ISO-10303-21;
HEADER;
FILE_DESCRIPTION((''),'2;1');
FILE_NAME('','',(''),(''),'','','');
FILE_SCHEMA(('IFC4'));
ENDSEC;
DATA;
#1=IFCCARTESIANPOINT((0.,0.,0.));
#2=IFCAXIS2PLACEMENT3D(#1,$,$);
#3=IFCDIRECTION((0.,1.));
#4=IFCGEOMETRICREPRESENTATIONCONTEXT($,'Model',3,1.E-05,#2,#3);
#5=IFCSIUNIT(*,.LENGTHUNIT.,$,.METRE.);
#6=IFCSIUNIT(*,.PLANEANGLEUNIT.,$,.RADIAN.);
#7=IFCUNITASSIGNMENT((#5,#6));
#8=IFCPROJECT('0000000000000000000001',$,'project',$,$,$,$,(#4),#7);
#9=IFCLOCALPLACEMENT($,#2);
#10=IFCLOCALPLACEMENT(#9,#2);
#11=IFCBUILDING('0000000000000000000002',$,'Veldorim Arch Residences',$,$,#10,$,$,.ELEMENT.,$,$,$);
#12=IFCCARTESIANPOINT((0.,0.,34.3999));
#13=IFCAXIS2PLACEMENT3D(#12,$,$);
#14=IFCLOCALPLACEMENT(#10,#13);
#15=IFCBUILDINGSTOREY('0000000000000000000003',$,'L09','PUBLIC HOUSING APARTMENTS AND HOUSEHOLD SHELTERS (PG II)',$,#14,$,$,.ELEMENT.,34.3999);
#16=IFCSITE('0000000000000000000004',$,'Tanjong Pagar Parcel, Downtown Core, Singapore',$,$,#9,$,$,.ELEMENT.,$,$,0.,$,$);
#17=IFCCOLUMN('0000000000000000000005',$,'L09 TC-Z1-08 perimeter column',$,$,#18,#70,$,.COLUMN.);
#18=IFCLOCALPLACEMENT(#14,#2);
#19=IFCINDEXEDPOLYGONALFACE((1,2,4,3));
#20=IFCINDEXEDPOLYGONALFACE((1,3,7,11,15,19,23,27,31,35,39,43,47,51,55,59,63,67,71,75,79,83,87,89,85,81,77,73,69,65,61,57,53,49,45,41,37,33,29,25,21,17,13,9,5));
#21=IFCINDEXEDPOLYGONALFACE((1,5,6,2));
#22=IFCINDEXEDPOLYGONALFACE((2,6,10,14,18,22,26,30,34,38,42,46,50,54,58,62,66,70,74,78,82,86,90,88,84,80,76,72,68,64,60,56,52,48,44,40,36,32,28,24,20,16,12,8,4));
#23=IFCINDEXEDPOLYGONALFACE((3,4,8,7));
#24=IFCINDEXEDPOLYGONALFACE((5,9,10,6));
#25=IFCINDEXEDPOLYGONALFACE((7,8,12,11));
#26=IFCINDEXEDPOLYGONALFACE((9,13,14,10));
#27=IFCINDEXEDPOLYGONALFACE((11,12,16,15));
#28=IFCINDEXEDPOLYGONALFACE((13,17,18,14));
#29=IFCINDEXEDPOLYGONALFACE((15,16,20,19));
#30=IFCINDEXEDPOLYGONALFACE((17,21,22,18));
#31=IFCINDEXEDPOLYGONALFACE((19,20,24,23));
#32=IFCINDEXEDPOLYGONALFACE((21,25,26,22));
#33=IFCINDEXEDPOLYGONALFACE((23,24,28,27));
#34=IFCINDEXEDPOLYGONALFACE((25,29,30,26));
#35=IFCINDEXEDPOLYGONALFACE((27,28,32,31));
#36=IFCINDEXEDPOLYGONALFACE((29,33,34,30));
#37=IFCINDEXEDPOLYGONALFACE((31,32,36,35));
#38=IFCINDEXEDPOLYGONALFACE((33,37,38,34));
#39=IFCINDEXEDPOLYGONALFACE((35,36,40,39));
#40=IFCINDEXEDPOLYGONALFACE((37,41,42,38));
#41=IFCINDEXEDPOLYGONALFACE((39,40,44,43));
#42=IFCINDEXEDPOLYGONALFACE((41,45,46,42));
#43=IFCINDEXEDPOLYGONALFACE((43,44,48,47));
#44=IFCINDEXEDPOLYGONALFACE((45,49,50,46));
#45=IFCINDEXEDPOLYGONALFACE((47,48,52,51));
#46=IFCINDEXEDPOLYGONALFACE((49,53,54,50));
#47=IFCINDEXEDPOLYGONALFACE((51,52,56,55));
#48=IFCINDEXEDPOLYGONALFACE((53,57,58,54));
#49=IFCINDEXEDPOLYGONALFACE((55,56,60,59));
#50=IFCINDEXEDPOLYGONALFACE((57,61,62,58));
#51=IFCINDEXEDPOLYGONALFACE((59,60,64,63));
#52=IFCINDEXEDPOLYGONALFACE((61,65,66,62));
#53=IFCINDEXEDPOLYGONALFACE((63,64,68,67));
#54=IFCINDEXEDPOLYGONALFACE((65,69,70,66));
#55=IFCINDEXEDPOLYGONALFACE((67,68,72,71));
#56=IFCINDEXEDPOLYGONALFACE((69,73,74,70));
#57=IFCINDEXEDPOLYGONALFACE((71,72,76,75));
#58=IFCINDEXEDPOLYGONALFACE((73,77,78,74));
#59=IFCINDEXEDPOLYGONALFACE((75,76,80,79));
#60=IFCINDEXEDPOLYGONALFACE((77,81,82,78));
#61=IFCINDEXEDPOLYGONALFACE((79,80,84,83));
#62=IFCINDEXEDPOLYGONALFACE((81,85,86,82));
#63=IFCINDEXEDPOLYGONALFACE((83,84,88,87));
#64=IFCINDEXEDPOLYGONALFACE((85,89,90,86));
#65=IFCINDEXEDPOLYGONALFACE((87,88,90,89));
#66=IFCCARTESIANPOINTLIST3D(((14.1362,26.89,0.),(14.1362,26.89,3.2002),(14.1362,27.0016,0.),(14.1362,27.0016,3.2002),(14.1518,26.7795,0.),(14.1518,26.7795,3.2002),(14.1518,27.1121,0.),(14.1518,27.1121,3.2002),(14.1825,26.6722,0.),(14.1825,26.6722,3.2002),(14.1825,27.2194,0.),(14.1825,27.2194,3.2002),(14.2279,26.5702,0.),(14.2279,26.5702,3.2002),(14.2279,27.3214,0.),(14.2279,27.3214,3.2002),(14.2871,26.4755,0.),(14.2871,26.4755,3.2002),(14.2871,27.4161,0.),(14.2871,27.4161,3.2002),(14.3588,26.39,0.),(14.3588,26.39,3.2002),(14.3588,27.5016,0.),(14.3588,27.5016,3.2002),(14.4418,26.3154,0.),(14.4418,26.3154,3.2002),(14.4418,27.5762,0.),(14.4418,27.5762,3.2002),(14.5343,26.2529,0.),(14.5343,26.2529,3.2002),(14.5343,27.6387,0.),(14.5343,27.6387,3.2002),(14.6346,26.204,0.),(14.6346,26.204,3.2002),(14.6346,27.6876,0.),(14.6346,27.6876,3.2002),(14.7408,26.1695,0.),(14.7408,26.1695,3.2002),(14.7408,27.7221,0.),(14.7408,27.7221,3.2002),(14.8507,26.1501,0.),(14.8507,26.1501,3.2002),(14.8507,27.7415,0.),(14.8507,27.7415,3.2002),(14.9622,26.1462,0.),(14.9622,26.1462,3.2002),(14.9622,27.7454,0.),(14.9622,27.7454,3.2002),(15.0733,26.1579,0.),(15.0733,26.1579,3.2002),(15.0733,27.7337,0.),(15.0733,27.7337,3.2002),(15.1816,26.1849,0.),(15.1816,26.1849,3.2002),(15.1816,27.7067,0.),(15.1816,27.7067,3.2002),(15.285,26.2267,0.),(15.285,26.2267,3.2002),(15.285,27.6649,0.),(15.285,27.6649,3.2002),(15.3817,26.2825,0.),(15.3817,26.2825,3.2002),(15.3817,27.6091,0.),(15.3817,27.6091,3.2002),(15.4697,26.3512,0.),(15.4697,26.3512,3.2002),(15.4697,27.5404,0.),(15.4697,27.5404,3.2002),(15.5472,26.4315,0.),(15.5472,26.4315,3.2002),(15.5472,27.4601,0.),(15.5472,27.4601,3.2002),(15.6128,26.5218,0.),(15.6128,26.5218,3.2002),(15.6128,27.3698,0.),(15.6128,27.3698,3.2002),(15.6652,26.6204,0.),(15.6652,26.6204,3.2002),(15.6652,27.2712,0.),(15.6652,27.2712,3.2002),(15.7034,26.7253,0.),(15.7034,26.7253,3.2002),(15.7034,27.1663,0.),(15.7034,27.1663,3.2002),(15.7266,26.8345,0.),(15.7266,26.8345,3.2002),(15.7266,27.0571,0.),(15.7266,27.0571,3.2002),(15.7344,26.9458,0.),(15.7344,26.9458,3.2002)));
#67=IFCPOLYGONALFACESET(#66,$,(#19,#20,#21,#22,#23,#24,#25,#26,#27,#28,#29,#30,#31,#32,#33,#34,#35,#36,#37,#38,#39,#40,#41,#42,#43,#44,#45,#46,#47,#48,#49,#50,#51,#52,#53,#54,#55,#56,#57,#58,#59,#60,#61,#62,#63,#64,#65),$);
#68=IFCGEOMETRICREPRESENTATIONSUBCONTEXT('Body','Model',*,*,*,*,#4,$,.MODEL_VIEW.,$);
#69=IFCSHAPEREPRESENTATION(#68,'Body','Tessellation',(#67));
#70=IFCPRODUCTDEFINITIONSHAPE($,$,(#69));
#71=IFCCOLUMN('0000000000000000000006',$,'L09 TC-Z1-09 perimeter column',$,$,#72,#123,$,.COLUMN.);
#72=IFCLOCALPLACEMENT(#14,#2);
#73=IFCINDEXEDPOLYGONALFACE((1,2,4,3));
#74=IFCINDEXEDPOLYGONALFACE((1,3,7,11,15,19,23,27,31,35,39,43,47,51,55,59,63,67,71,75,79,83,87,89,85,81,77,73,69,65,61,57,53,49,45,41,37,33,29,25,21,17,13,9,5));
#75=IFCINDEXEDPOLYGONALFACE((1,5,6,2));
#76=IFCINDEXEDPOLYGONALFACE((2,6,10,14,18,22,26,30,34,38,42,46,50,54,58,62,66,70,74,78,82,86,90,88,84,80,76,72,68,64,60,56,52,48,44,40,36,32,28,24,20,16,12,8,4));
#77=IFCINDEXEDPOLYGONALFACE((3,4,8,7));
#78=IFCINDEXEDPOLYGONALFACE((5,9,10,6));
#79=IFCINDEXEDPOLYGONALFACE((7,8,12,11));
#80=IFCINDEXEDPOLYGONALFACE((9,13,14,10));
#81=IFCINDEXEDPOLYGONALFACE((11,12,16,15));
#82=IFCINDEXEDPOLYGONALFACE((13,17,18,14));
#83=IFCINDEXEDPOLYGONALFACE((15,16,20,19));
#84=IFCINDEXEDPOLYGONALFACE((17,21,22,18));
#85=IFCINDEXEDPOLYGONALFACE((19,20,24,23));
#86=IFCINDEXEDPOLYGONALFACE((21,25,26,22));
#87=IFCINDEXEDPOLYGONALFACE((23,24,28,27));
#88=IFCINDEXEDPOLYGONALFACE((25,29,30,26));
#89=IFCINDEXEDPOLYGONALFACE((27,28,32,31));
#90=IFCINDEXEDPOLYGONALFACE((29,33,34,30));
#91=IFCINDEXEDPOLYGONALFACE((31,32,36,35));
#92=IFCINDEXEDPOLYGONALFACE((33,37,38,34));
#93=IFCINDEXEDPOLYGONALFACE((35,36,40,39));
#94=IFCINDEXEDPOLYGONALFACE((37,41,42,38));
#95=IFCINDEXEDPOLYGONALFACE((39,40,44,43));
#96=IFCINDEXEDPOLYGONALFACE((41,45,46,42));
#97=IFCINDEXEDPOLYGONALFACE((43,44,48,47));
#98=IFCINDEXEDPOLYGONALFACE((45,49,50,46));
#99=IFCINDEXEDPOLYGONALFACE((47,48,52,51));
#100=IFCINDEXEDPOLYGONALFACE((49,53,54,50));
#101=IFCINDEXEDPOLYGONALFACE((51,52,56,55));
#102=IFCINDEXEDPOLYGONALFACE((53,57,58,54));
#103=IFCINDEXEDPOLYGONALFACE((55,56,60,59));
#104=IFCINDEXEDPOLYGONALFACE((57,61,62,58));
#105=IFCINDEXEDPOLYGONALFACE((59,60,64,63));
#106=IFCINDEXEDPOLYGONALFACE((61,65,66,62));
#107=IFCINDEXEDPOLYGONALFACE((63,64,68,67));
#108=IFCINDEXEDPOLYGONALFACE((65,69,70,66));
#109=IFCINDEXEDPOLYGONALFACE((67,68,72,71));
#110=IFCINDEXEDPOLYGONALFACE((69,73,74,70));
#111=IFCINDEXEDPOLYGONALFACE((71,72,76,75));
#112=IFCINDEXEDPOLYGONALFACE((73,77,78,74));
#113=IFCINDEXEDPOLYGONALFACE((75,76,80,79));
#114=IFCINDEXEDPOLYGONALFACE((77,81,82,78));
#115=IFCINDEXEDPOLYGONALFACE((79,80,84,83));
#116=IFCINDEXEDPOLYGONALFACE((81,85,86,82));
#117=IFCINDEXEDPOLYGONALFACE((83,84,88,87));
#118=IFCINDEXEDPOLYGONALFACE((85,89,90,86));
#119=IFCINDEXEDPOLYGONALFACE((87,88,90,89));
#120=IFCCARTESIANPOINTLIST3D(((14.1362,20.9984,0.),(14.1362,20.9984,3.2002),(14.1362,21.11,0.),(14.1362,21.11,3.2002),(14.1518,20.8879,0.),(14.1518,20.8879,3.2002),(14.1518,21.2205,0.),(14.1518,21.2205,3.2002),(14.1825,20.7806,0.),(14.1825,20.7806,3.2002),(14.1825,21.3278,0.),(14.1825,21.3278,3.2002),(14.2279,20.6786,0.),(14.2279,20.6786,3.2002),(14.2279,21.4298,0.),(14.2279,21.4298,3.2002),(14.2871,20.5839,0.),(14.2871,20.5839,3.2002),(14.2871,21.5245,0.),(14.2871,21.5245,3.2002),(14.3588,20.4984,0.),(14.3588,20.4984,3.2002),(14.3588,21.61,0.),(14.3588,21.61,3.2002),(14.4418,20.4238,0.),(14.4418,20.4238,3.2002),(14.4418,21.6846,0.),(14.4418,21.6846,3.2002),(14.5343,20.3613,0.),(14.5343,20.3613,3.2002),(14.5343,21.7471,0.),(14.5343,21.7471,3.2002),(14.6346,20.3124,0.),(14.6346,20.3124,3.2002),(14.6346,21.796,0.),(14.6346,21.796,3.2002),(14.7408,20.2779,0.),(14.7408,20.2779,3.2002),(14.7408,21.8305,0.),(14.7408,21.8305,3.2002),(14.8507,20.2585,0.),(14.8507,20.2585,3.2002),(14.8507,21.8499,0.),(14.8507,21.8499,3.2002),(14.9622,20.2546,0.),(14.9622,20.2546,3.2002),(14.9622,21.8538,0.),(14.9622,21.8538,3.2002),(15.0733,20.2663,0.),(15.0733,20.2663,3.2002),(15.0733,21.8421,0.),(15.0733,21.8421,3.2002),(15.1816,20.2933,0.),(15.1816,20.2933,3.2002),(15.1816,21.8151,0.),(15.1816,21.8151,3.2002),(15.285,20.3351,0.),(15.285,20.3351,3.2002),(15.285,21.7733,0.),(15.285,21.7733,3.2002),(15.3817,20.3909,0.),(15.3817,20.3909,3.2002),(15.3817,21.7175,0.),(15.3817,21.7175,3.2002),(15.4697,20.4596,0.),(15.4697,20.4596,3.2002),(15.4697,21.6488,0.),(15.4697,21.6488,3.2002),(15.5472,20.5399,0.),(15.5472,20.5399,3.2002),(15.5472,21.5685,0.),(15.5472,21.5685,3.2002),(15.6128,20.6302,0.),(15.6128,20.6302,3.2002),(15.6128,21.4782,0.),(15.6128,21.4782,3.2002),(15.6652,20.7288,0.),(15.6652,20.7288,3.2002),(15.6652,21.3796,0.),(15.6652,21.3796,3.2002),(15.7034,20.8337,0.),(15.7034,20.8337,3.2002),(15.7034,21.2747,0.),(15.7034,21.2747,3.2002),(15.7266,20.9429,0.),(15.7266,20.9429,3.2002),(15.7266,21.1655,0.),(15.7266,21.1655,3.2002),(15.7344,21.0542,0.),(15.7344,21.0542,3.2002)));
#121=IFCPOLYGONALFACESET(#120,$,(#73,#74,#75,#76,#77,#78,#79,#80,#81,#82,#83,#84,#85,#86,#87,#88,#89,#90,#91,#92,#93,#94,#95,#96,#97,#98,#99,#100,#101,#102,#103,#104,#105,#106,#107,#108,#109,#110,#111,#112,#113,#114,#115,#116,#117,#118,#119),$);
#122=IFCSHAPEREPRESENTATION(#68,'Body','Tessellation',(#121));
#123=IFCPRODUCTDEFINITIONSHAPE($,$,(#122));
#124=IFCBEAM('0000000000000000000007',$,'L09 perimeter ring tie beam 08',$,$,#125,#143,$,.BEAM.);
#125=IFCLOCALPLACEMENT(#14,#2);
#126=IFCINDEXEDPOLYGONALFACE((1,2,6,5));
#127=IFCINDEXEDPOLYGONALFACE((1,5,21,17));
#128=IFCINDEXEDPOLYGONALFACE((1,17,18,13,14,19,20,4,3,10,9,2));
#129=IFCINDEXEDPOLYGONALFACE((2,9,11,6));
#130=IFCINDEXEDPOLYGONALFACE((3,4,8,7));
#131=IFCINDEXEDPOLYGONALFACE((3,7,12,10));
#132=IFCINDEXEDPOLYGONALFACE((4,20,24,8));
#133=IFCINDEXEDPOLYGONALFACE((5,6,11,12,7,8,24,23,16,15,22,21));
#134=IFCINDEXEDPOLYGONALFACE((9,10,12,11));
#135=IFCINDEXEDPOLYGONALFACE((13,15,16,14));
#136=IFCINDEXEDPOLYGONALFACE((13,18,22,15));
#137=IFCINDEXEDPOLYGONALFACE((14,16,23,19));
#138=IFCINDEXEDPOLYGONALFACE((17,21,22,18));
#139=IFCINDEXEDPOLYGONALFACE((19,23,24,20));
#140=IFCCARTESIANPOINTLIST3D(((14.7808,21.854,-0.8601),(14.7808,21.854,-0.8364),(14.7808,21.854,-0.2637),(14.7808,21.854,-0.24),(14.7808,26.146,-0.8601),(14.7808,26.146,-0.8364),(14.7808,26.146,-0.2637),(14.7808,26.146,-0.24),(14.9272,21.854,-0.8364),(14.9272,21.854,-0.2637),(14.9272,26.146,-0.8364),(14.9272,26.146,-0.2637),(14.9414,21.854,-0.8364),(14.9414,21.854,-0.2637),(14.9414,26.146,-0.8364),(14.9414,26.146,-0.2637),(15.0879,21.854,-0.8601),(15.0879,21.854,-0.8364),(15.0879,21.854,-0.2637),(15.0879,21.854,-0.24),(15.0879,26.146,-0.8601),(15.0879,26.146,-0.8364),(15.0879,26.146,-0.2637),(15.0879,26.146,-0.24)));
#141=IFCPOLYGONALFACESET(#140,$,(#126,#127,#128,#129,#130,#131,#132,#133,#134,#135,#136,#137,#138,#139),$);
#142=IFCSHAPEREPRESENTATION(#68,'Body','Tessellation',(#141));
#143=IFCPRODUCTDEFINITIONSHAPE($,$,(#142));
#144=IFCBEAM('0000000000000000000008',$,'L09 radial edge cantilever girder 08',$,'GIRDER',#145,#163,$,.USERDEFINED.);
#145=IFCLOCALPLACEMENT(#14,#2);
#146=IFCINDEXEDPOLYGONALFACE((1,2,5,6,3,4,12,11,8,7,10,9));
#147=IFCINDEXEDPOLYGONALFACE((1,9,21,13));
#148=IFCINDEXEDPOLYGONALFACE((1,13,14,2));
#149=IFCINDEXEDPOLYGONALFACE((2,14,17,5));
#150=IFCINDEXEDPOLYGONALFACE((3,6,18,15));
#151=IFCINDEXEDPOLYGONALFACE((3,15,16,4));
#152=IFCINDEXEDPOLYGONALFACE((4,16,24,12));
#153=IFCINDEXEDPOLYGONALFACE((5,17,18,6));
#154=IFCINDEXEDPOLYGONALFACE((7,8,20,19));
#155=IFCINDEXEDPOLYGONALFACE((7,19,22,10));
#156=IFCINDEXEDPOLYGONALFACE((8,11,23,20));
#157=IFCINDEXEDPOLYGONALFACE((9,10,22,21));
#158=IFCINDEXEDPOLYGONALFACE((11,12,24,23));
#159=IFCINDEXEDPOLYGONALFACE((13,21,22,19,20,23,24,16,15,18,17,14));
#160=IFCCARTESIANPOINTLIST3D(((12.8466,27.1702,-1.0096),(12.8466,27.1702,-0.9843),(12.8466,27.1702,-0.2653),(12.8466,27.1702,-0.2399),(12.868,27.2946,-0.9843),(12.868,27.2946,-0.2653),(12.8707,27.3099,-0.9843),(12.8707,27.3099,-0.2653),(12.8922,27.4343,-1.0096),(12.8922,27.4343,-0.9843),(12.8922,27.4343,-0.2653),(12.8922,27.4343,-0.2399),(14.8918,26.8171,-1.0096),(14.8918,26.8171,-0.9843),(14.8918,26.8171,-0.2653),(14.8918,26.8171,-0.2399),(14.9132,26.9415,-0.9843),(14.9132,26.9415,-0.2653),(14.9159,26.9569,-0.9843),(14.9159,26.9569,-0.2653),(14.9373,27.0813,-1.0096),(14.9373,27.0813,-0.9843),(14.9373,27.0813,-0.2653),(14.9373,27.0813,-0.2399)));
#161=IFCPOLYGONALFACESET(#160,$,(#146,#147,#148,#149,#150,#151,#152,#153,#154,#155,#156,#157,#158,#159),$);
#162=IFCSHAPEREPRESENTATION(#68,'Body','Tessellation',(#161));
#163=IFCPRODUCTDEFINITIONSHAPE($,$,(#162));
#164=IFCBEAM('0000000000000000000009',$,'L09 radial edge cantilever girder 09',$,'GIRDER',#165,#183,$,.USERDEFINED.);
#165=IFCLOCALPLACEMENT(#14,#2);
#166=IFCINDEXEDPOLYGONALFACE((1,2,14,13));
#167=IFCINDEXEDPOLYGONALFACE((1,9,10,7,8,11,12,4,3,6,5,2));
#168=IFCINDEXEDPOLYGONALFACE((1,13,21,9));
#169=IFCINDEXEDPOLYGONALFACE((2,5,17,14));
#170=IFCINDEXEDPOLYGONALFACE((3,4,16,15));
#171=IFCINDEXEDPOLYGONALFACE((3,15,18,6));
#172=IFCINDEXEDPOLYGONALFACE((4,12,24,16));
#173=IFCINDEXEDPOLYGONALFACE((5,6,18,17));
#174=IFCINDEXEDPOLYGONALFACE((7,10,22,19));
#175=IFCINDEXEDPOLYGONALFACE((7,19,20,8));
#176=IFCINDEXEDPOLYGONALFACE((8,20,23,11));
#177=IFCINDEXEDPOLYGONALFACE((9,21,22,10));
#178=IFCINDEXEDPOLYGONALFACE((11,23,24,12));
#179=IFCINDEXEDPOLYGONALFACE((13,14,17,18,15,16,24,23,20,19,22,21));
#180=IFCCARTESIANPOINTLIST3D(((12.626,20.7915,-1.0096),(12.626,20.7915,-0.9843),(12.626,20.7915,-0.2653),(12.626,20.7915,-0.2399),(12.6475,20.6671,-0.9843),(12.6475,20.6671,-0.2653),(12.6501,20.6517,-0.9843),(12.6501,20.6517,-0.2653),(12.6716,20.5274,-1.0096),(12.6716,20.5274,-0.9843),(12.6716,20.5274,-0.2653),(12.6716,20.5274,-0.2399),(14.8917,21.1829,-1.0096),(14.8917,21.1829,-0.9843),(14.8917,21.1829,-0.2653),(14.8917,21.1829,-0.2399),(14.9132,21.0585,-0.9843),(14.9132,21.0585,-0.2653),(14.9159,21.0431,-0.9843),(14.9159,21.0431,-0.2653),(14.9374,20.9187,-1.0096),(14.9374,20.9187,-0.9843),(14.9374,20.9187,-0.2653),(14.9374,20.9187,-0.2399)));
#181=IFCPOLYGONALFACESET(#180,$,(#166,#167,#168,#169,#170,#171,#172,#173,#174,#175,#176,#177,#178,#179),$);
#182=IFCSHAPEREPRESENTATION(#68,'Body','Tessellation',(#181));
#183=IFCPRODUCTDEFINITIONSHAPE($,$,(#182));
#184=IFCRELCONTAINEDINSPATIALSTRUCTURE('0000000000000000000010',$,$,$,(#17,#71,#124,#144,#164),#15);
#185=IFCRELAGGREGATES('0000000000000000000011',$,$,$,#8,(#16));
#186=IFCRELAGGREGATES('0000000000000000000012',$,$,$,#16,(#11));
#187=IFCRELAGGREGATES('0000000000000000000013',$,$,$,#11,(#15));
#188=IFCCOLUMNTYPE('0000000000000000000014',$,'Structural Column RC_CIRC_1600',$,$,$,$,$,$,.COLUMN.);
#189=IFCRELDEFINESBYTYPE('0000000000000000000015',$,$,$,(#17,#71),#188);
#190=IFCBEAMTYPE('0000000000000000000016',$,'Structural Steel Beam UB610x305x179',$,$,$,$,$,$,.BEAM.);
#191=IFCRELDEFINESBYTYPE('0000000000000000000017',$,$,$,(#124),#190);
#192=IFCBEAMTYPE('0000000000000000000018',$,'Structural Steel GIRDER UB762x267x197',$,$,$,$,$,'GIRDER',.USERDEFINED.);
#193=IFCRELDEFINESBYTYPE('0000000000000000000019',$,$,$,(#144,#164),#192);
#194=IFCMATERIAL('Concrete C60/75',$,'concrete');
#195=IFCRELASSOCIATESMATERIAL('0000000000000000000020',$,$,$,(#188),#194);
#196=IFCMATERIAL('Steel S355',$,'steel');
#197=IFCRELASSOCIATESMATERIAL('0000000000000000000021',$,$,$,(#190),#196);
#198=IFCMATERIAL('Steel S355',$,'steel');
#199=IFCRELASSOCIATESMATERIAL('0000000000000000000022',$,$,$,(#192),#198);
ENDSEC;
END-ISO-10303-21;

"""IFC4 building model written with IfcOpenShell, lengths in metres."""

from ifc_helpers import new_model, si_unit, direction, frame, origin, origin_2d, place, context, subcontext, project, spatial, circle, i_section, extrude, material, material_profile, profile_set, type_object, element, save


model = new_model("IFC4")

# Units and contexts
model_context = context("Model", 3, precision=1e-05, world=origin(), true_north=direction((0.0, 1.0)))
body_context = subcontext(model_context, "Body", "Model", "MODEL_VIEW")
ifc_project = project(units=[si_unit("LENGTHUNIT", "METRE"), si_unit("PLANEANGLEUNIT", "RADIAN")], contexts=[model_context])

# Site, building, storey
site_placement = place(None, origin())
site = spatial("IfcSite", under=ifc_project, at=site_placement, Name="Tanjong Pagar Parcel, Downtown Core, Singapore", CompositionType="ELEMENT", RefElevation=0.0)
building_placement = place(site_placement, origin())
building = spatial("IfcBuilding", under=site, at=building_placement, Name="Veldorim Arch Residences", CompositionType="ELEMENT")
storey_placement = place(building_placement, frame((0.0, 0.0, 34.3999)))
storey = spatial("IfcBuildingStorey", under=building, at=storey_placement, Name="L09", Description="PUBLIC HOUSING APARTMENTS AND HOUSEHOLD SHELTERS (PG II)", CompositionType="ELEMENT", Elevation=34.3999)

# Columns
ifc_material_1 = material(Name="Concrete C60/75", Category="concrete")
ifc_material_profile_1 = material_profile(ifc_material_1, circle(Radius=0.8, at=origin_2d()), Name="RC_CIRC_1600")
ifc_profile_set_1 = profile_set([ifc_material_profile_1], Name="Concrete C60/75")
column_type = type_object("IfcColumnType", Name="Structural Column RC_CIRC_1600", PredefinedType="COLUMN", material=ifc_profile_set_1)
for number, where, z_axis, x_axis, name in (
    (1, (14.9343, 26.9458, 0.0), (0.0, 0.0, 1.0), (1.0, 0.0, 0.0), "L09 TC-Z1-08 perimeter column"),
    (2, (14.9343, 21.0542, 0.0), (0.0, 0.0, 1.0), (1.0, 0.0, 0.0), "L09 TC-Z1-09 perimeter column"),
):
    element("IfcColumn", number, at=place(storey_placement, frame(where, z_axis=z_axis, x_axis=x_axis)), inside=storey, type_object=column_type, Name=name, PredefinedType="COLUMN", context=body_context, shape_type="SweptSolid", body=[
        extrude(circle(Radius=0.8, at=origin_2d()), origin(), (0.0, 0.0, 1.0), 3.2002),
    ])

# Beams
ifc_material_2 = material(Name="Steel S355", Category="steel")
ifc_material_profile_2 = material_profile(ifc_material_2, i_section(OverallWidth=0.3071, OverallDepth=0.6201, WebThickness=0.0142, FlangeThickness=0.0237, at=origin_2d()), Name="UB610x305x179")
ifc_profile_set_2 = profile_set([ifc_material_profile_2], Name="Steel S355")
beam_type_1 = type_object("IfcBeamType", Name="Structural Steel Beam UB610x305x179", PredefinedType="BEAM", material=ifc_profile_set_2)
beam_1_placement = place(storey_placement, frame((14.9343, 26.146, -0.55), z_axis=(0.0, -1.0, 0.0), x_axis=(1.0, 0.0, 0.0)))
element("IfcBeam", 3, at=beam_1_placement, inside=storey, type_object=beam_type_1, Name="L09 perimeter ring tie beam 08", PredefinedType="BEAM", context=body_context, shape_type="SweptSolid", body=[
    extrude(i_section(OverallWidth=0.3071, OverallDepth=0.6201, WebThickness=0.0142, FlangeThickness=0.0237, at=origin_2d()), origin(), (0.0, 0.0, 1.0), 4.292),
])
ifc_material_3 = material(Name="Steel S355", Category="steel")
ifc_material_profile_3 = material_profile(ifc_material_3, i_section(OverallWidth=0.2681, OverallDepth=0.7698, WebThickness=0.0156, FlangeThickness=0.0254, at=origin_2d()), Name="UB762x267x197")
ifc_profile_set_3 = profile_set([ifc_material_profile_3], Name="Steel S355")
beam_type_2 = type_object("IfcBeamType", Name="Structural Steel GIRDER UB762x267x197", ElementType="GIRDER", PredefinedType="USERDEFINED", material=ifc_profile_set_3)
beam_2_placement = place(storey_placement, frame((14.9146, 26.9492, -0.6248), z_axis=(-0.985427, 0.1701, 0.0), x_axis=(-0.1701, -0.985427, 0.0)))
element("IfcBeam", 4, at=beam_2_placement, inside=storey, type_object=beam_type_2, Name="L09 radial edge cantilever girder 08", ObjectType="GIRDER", PredefinedType="USERDEFINED", context=body_context, shape_type="SweptSolid", body=[
    extrude(i_section(OverallWidth=0.2681, OverallDepth=0.7698, WebThickness=0.0156, FlangeThickness=0.0254, at=origin_2d()), origin(), (0.0, 0.0, 1.0), 2.0754),
])
beam_3_placement = place(storey_placement, frame((14.9146, 21.0508, -0.6248), z_axis=(-0.98541, -0.170198, 0.0), x_axis=(0.170198, -0.98541, 0.0)))
element("IfcBeam", 5, at=beam_3_placement, inside=storey, type_object=beam_type_2, Name="L09 radial edge cantilever girder 09", ObjectType="GIRDER", PredefinedType="USERDEFINED", context=body_context, shape_type="SweptSolid", body=[
    extrude(i_section(OverallWidth=0.2681, OverallDepth=0.7698, WebThickness=0.0156, FlangeThickness=0.0254, at=origin_2d()), origin(), (0.0, 0.0, 1.0), 2.2993),
])

save(model, "model.ifc")
